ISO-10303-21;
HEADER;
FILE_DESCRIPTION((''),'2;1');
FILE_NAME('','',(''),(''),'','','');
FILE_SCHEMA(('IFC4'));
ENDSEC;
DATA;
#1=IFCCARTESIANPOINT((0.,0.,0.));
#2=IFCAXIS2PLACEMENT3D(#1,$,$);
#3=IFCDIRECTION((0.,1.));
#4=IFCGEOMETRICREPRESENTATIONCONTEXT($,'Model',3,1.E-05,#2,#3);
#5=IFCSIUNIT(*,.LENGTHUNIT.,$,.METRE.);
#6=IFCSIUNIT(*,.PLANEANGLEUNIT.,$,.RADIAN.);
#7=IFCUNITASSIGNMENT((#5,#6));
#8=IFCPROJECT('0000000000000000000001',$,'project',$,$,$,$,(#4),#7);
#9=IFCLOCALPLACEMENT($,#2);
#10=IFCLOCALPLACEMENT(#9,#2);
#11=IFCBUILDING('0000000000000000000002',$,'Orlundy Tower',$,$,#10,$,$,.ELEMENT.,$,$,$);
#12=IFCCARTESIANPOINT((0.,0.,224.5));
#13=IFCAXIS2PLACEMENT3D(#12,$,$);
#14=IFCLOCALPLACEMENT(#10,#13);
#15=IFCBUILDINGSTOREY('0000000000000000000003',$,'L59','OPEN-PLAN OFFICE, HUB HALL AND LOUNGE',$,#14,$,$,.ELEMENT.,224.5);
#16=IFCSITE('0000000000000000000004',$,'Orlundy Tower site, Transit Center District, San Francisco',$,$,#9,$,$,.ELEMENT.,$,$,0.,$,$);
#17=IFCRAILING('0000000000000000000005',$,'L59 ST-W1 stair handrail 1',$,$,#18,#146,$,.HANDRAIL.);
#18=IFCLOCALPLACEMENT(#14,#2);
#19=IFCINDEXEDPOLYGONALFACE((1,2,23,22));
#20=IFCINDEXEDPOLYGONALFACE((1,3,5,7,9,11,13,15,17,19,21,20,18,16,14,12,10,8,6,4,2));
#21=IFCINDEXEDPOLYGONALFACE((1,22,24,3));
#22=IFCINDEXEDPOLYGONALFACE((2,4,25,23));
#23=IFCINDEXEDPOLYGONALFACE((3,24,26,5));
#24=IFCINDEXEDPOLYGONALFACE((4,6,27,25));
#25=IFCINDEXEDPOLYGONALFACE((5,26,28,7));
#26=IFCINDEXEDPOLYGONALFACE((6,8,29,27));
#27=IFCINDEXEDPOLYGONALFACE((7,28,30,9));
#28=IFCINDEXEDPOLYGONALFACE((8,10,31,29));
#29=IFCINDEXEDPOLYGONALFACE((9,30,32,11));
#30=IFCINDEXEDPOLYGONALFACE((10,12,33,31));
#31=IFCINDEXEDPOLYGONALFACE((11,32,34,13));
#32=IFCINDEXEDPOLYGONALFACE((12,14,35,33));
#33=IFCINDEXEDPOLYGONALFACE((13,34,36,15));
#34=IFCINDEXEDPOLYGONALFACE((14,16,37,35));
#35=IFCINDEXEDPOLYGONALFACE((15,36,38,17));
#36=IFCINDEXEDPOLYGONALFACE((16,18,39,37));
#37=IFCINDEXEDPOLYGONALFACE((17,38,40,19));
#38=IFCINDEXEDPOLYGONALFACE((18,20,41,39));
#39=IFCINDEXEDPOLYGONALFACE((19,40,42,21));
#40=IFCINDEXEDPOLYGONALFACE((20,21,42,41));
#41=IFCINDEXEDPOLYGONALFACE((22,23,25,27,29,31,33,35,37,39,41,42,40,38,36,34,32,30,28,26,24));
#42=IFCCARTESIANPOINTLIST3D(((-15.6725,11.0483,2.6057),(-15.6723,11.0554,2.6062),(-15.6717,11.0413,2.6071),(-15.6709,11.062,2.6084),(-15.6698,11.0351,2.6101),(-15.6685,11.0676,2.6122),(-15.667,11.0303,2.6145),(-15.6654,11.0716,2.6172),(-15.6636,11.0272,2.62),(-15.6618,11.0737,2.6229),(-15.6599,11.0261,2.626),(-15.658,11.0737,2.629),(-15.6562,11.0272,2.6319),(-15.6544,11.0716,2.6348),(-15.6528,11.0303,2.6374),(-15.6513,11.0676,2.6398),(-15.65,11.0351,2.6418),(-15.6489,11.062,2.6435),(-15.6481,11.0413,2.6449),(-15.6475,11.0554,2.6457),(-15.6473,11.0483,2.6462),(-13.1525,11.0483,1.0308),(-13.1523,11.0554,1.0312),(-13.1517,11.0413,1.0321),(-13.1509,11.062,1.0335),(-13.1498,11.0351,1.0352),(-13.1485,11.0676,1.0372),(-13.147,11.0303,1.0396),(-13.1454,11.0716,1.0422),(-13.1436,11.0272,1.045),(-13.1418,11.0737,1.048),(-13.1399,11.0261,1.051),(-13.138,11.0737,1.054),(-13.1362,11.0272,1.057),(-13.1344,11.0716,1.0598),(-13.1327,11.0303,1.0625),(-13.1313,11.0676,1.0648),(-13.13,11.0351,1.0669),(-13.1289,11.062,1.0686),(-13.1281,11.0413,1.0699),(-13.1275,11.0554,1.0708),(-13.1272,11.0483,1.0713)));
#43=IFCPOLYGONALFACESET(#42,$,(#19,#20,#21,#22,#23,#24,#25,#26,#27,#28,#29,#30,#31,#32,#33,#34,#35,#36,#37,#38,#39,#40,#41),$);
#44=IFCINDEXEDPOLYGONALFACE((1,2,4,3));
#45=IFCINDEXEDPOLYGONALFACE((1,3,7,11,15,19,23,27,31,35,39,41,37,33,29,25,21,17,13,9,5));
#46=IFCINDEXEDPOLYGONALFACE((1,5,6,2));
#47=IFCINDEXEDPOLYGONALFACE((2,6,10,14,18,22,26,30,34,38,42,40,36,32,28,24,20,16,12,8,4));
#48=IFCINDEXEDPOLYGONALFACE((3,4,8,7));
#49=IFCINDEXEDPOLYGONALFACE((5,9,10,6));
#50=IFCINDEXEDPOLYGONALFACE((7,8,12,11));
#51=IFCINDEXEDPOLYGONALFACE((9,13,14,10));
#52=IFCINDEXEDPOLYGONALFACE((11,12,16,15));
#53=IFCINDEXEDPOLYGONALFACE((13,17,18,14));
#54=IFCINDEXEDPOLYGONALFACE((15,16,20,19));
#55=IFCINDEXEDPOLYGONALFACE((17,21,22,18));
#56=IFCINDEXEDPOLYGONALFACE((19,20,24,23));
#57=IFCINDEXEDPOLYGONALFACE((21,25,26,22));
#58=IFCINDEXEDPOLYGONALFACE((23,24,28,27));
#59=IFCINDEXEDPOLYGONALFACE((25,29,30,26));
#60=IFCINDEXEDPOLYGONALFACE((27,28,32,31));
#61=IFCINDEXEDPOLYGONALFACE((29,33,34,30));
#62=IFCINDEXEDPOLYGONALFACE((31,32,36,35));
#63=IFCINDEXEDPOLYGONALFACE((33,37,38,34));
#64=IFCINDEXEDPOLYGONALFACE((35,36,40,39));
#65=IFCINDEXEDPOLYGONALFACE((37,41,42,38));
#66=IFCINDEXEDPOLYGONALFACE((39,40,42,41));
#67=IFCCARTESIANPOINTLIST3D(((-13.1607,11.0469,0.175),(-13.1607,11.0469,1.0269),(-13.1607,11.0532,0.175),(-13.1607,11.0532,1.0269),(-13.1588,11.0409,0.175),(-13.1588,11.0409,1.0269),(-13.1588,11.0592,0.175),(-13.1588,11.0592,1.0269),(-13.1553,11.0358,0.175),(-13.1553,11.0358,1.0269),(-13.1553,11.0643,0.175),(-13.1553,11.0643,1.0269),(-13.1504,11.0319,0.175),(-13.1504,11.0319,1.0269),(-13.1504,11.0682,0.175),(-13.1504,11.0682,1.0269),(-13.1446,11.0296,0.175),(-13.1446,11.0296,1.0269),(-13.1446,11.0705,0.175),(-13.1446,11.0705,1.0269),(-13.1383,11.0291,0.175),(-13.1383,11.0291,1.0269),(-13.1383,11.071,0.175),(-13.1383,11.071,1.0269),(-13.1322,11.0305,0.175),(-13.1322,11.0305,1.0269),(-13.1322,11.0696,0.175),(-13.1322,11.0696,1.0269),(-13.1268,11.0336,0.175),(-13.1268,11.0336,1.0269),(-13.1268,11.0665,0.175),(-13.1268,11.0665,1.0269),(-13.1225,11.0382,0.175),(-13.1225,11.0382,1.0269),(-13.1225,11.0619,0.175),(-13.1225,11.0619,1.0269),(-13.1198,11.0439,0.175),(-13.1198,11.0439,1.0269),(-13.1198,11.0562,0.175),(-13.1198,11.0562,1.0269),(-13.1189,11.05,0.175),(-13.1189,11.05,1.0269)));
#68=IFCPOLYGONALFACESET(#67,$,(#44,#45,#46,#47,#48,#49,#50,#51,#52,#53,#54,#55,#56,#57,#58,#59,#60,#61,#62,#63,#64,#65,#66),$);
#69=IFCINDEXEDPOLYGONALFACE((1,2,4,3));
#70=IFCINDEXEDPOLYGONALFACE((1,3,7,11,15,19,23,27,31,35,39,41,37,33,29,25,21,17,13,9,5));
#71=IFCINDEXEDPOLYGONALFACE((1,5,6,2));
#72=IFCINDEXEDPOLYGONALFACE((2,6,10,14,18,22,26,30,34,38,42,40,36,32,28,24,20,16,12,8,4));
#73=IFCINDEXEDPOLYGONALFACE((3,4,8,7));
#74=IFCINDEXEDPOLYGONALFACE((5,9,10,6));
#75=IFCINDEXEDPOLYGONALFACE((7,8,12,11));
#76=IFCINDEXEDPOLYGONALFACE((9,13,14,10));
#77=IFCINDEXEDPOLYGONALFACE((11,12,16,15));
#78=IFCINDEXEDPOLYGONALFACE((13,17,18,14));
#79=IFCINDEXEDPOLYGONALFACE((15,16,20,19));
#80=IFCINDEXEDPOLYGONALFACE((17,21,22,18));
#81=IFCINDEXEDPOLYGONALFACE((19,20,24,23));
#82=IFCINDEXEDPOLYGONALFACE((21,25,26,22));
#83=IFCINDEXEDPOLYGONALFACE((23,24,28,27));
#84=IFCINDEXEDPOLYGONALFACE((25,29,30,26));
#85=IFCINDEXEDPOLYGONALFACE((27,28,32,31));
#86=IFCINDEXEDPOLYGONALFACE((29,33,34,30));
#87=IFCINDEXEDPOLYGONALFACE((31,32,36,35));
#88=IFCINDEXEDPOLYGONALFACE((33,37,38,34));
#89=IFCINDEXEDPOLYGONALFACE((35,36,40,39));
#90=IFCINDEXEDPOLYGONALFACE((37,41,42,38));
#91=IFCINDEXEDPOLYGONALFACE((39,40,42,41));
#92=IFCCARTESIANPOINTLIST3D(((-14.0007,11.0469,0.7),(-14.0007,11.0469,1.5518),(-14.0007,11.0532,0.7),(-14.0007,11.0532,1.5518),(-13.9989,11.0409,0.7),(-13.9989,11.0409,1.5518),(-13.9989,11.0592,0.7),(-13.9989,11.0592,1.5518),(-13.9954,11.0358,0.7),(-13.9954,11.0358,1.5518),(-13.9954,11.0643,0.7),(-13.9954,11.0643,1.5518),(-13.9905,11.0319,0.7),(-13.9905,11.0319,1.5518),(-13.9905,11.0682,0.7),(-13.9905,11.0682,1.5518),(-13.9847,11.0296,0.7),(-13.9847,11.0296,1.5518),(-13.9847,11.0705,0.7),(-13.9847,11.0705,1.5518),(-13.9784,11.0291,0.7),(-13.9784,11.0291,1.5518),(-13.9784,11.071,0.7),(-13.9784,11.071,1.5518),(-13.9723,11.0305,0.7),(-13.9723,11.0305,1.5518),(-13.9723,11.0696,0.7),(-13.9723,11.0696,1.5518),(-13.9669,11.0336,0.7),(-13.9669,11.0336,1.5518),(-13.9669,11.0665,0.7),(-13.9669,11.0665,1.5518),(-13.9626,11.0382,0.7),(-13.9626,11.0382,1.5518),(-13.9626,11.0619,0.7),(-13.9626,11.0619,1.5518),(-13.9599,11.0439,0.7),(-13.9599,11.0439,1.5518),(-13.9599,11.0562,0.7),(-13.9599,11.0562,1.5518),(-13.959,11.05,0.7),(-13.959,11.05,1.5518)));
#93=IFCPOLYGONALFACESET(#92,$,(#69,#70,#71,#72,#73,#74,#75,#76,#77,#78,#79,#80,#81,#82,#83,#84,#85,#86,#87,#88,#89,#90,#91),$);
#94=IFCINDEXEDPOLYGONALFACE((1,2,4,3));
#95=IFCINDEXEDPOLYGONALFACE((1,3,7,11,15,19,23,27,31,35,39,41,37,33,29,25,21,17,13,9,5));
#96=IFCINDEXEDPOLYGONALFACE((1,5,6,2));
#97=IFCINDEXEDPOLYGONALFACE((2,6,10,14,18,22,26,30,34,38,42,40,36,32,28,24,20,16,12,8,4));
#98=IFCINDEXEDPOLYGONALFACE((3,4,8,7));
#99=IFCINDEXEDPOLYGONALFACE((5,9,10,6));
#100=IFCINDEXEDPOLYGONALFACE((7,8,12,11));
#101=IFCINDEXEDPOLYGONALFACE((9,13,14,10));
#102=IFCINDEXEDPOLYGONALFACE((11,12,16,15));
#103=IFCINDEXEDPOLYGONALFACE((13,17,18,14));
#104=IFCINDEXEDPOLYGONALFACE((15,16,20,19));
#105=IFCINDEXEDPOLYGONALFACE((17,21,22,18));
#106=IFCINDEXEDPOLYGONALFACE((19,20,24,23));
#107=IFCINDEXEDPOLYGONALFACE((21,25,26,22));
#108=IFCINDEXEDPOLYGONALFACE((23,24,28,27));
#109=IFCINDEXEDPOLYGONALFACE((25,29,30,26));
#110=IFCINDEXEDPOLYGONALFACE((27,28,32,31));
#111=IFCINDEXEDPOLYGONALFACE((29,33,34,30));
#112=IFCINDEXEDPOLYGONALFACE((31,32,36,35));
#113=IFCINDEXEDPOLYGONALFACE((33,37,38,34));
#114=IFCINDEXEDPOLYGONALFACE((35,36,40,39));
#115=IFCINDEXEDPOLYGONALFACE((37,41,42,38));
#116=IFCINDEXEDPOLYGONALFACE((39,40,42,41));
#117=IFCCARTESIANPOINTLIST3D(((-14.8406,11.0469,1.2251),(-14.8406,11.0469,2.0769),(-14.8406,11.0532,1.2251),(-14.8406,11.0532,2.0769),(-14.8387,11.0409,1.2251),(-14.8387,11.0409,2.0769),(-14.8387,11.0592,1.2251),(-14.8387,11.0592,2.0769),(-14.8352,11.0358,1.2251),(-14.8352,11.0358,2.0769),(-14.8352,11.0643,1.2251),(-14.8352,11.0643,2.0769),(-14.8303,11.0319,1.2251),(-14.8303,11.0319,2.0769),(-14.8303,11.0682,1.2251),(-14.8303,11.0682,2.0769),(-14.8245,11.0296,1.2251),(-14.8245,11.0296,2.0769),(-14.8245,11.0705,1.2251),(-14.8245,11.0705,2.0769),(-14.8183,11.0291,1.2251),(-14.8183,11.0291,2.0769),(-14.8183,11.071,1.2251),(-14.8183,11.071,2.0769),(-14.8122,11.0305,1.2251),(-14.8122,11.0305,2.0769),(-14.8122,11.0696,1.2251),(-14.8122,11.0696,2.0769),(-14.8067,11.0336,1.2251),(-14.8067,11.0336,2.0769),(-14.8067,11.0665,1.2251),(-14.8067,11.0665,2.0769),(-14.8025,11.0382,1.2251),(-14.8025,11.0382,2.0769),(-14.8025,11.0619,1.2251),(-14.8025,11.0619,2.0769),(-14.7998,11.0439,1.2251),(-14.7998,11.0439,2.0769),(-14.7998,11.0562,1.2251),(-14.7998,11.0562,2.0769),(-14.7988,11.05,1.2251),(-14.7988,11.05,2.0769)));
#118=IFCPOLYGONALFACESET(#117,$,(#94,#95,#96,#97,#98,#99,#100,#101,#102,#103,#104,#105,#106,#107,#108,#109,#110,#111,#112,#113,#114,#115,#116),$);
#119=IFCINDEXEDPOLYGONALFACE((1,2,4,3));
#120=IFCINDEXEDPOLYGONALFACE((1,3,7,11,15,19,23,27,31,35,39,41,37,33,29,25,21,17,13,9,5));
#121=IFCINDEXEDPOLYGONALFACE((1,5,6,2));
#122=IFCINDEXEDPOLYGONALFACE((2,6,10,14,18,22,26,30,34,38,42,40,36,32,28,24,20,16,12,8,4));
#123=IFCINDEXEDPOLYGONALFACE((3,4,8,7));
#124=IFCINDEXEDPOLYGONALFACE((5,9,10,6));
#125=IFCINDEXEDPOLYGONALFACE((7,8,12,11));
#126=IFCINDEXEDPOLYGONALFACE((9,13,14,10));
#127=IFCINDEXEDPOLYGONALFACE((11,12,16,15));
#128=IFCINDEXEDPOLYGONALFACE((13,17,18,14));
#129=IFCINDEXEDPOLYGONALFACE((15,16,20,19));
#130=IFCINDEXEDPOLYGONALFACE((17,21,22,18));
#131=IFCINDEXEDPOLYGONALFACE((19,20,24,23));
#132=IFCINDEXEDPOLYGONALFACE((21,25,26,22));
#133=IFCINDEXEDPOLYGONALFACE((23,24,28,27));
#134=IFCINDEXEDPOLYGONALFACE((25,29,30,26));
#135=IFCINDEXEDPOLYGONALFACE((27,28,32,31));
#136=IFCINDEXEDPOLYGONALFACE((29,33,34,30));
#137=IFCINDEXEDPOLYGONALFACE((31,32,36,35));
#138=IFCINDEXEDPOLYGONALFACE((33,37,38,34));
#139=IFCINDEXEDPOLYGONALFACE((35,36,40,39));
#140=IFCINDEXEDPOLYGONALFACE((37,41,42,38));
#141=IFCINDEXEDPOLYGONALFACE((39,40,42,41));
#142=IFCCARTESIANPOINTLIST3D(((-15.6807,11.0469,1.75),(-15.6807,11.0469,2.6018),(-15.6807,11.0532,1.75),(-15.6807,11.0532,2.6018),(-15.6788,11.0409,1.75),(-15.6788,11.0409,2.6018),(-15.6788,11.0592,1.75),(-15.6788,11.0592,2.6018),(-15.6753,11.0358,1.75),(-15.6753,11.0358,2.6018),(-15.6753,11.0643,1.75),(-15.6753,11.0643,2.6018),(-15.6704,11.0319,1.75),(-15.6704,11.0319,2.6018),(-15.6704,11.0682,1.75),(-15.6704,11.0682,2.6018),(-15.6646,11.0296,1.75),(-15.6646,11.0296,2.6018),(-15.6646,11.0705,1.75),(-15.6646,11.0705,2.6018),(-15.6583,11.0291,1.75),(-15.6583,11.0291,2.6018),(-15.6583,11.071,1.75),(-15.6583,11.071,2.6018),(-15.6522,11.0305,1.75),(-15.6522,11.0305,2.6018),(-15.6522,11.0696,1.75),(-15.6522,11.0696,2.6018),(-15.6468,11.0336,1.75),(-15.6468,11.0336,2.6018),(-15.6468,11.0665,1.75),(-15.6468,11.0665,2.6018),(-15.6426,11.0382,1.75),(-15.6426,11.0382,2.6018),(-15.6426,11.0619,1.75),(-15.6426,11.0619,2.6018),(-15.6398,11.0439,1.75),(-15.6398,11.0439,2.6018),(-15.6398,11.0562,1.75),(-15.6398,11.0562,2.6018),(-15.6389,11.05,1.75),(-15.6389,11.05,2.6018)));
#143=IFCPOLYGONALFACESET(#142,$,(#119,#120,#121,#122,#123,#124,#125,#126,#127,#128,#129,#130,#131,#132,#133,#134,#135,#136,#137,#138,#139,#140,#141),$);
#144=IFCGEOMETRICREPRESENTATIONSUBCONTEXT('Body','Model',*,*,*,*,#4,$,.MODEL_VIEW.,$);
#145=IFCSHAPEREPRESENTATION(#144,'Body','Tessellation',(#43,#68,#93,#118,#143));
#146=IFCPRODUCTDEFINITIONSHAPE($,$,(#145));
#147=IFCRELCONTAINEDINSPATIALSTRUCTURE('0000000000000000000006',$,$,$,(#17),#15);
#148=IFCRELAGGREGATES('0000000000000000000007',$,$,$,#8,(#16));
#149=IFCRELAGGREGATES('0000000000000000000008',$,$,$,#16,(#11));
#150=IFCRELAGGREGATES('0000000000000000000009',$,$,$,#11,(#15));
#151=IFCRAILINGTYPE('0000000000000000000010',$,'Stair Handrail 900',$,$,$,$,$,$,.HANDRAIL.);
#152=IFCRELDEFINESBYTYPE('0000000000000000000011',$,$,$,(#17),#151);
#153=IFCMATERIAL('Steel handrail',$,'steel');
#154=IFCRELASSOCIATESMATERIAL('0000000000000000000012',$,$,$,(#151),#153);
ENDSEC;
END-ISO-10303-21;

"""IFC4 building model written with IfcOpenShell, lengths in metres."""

from ifc_helpers import new_model, si_unit, direction, frame, origin, origin_2d, place, context, subcontext, project, spatial, circle, extrude, material, type_object, element, save


model = new_model("IFC4")

# Units and contexts
model_context = context("Model", 3, precision=1e-05, world=origin(), true_north=direction((0.0, 1.0)))
body_context = subcontext(model_context, "Body", "Model", "MODEL_VIEW")
ifc_project = project(units=[si_unit("LENGTHUNIT", "METRE"), si_unit("PLANEANGLEUNIT", "RADIAN")], contexts=[model_context])

# Site, building, storey
site_placement = place(None, origin())
site = spatial("IfcSite", under=ifc_project, at=site_placement, Name="Orlundy Tower site, Transit Center District, San Francisco", CompositionType="ELEMENT", RefElevation=0.0)
building_placement = place(site_placement, origin())
building = spatial("IfcBuilding", under=site, at=building_placement, Name="Orlundy Tower", CompositionType="ELEMENT")
storey_placement = place(building_placement, frame((0.0, 0.0, 224.5)))
storey = spatial("IfcBuildingStorey", under=building, at=storey_placement, Name="L59", Description="OPEN-PLAN OFFICE, HUB HALL AND LOUNGE", CompositionType="ELEMENT", Elevation=224.5)

# Railing
ifc_material_1 = material(Name="Steel handrail", Category="steel")
railing_type = type_object("IfcRailingType", Name="Stair Handrail 900", PredefinedType="HANDRAIL", material=ifc_material_1)
railing_placement = place(storey_placement, frame((-13.1399, 11.05, 0.175)))
element("IfcRailing", 1, at=railing_placement, inside=storey, type_object=railing_type, Name="L59 ST-W1 stair handrail 1", PredefinedType="HANDRAIL", context=body_context, shape_type="SweptSolid", body=[
    extrude(circle(Radius=0.0239, at=origin_2d()), frame((0.0, 0.0, 0.876), z_axis=(-0.848008, 0.0, 0.529984), x_axis=(0.0, -1.0, 0.0)), (0.0, 0.0, 1.0), 2.9717),
    extrude(circle(Radius=0.021, at=origin_2d()), origin(), (0.0, 0.0, 1.0), 0.8518),
    extrude(circle(Radius=0.021, at=origin_2d()), frame((-0.8401, 0.0, 0.5249)), (0.0, 0.0, 1.0), 0.8518),
    extrude(circle(Radius=0.021, at=origin_2d()), frame((-1.6799, 0.0, 1.05)), (0.0, 0.0, 1.0), 0.8518),
    extrude(circle(Radius=0.021, at=origin_2d()), frame((-2.52, 0.0, 1.575)), (0.0, 0.0, 1.0), 0.8518),
])

save(model, "model.ifc")
